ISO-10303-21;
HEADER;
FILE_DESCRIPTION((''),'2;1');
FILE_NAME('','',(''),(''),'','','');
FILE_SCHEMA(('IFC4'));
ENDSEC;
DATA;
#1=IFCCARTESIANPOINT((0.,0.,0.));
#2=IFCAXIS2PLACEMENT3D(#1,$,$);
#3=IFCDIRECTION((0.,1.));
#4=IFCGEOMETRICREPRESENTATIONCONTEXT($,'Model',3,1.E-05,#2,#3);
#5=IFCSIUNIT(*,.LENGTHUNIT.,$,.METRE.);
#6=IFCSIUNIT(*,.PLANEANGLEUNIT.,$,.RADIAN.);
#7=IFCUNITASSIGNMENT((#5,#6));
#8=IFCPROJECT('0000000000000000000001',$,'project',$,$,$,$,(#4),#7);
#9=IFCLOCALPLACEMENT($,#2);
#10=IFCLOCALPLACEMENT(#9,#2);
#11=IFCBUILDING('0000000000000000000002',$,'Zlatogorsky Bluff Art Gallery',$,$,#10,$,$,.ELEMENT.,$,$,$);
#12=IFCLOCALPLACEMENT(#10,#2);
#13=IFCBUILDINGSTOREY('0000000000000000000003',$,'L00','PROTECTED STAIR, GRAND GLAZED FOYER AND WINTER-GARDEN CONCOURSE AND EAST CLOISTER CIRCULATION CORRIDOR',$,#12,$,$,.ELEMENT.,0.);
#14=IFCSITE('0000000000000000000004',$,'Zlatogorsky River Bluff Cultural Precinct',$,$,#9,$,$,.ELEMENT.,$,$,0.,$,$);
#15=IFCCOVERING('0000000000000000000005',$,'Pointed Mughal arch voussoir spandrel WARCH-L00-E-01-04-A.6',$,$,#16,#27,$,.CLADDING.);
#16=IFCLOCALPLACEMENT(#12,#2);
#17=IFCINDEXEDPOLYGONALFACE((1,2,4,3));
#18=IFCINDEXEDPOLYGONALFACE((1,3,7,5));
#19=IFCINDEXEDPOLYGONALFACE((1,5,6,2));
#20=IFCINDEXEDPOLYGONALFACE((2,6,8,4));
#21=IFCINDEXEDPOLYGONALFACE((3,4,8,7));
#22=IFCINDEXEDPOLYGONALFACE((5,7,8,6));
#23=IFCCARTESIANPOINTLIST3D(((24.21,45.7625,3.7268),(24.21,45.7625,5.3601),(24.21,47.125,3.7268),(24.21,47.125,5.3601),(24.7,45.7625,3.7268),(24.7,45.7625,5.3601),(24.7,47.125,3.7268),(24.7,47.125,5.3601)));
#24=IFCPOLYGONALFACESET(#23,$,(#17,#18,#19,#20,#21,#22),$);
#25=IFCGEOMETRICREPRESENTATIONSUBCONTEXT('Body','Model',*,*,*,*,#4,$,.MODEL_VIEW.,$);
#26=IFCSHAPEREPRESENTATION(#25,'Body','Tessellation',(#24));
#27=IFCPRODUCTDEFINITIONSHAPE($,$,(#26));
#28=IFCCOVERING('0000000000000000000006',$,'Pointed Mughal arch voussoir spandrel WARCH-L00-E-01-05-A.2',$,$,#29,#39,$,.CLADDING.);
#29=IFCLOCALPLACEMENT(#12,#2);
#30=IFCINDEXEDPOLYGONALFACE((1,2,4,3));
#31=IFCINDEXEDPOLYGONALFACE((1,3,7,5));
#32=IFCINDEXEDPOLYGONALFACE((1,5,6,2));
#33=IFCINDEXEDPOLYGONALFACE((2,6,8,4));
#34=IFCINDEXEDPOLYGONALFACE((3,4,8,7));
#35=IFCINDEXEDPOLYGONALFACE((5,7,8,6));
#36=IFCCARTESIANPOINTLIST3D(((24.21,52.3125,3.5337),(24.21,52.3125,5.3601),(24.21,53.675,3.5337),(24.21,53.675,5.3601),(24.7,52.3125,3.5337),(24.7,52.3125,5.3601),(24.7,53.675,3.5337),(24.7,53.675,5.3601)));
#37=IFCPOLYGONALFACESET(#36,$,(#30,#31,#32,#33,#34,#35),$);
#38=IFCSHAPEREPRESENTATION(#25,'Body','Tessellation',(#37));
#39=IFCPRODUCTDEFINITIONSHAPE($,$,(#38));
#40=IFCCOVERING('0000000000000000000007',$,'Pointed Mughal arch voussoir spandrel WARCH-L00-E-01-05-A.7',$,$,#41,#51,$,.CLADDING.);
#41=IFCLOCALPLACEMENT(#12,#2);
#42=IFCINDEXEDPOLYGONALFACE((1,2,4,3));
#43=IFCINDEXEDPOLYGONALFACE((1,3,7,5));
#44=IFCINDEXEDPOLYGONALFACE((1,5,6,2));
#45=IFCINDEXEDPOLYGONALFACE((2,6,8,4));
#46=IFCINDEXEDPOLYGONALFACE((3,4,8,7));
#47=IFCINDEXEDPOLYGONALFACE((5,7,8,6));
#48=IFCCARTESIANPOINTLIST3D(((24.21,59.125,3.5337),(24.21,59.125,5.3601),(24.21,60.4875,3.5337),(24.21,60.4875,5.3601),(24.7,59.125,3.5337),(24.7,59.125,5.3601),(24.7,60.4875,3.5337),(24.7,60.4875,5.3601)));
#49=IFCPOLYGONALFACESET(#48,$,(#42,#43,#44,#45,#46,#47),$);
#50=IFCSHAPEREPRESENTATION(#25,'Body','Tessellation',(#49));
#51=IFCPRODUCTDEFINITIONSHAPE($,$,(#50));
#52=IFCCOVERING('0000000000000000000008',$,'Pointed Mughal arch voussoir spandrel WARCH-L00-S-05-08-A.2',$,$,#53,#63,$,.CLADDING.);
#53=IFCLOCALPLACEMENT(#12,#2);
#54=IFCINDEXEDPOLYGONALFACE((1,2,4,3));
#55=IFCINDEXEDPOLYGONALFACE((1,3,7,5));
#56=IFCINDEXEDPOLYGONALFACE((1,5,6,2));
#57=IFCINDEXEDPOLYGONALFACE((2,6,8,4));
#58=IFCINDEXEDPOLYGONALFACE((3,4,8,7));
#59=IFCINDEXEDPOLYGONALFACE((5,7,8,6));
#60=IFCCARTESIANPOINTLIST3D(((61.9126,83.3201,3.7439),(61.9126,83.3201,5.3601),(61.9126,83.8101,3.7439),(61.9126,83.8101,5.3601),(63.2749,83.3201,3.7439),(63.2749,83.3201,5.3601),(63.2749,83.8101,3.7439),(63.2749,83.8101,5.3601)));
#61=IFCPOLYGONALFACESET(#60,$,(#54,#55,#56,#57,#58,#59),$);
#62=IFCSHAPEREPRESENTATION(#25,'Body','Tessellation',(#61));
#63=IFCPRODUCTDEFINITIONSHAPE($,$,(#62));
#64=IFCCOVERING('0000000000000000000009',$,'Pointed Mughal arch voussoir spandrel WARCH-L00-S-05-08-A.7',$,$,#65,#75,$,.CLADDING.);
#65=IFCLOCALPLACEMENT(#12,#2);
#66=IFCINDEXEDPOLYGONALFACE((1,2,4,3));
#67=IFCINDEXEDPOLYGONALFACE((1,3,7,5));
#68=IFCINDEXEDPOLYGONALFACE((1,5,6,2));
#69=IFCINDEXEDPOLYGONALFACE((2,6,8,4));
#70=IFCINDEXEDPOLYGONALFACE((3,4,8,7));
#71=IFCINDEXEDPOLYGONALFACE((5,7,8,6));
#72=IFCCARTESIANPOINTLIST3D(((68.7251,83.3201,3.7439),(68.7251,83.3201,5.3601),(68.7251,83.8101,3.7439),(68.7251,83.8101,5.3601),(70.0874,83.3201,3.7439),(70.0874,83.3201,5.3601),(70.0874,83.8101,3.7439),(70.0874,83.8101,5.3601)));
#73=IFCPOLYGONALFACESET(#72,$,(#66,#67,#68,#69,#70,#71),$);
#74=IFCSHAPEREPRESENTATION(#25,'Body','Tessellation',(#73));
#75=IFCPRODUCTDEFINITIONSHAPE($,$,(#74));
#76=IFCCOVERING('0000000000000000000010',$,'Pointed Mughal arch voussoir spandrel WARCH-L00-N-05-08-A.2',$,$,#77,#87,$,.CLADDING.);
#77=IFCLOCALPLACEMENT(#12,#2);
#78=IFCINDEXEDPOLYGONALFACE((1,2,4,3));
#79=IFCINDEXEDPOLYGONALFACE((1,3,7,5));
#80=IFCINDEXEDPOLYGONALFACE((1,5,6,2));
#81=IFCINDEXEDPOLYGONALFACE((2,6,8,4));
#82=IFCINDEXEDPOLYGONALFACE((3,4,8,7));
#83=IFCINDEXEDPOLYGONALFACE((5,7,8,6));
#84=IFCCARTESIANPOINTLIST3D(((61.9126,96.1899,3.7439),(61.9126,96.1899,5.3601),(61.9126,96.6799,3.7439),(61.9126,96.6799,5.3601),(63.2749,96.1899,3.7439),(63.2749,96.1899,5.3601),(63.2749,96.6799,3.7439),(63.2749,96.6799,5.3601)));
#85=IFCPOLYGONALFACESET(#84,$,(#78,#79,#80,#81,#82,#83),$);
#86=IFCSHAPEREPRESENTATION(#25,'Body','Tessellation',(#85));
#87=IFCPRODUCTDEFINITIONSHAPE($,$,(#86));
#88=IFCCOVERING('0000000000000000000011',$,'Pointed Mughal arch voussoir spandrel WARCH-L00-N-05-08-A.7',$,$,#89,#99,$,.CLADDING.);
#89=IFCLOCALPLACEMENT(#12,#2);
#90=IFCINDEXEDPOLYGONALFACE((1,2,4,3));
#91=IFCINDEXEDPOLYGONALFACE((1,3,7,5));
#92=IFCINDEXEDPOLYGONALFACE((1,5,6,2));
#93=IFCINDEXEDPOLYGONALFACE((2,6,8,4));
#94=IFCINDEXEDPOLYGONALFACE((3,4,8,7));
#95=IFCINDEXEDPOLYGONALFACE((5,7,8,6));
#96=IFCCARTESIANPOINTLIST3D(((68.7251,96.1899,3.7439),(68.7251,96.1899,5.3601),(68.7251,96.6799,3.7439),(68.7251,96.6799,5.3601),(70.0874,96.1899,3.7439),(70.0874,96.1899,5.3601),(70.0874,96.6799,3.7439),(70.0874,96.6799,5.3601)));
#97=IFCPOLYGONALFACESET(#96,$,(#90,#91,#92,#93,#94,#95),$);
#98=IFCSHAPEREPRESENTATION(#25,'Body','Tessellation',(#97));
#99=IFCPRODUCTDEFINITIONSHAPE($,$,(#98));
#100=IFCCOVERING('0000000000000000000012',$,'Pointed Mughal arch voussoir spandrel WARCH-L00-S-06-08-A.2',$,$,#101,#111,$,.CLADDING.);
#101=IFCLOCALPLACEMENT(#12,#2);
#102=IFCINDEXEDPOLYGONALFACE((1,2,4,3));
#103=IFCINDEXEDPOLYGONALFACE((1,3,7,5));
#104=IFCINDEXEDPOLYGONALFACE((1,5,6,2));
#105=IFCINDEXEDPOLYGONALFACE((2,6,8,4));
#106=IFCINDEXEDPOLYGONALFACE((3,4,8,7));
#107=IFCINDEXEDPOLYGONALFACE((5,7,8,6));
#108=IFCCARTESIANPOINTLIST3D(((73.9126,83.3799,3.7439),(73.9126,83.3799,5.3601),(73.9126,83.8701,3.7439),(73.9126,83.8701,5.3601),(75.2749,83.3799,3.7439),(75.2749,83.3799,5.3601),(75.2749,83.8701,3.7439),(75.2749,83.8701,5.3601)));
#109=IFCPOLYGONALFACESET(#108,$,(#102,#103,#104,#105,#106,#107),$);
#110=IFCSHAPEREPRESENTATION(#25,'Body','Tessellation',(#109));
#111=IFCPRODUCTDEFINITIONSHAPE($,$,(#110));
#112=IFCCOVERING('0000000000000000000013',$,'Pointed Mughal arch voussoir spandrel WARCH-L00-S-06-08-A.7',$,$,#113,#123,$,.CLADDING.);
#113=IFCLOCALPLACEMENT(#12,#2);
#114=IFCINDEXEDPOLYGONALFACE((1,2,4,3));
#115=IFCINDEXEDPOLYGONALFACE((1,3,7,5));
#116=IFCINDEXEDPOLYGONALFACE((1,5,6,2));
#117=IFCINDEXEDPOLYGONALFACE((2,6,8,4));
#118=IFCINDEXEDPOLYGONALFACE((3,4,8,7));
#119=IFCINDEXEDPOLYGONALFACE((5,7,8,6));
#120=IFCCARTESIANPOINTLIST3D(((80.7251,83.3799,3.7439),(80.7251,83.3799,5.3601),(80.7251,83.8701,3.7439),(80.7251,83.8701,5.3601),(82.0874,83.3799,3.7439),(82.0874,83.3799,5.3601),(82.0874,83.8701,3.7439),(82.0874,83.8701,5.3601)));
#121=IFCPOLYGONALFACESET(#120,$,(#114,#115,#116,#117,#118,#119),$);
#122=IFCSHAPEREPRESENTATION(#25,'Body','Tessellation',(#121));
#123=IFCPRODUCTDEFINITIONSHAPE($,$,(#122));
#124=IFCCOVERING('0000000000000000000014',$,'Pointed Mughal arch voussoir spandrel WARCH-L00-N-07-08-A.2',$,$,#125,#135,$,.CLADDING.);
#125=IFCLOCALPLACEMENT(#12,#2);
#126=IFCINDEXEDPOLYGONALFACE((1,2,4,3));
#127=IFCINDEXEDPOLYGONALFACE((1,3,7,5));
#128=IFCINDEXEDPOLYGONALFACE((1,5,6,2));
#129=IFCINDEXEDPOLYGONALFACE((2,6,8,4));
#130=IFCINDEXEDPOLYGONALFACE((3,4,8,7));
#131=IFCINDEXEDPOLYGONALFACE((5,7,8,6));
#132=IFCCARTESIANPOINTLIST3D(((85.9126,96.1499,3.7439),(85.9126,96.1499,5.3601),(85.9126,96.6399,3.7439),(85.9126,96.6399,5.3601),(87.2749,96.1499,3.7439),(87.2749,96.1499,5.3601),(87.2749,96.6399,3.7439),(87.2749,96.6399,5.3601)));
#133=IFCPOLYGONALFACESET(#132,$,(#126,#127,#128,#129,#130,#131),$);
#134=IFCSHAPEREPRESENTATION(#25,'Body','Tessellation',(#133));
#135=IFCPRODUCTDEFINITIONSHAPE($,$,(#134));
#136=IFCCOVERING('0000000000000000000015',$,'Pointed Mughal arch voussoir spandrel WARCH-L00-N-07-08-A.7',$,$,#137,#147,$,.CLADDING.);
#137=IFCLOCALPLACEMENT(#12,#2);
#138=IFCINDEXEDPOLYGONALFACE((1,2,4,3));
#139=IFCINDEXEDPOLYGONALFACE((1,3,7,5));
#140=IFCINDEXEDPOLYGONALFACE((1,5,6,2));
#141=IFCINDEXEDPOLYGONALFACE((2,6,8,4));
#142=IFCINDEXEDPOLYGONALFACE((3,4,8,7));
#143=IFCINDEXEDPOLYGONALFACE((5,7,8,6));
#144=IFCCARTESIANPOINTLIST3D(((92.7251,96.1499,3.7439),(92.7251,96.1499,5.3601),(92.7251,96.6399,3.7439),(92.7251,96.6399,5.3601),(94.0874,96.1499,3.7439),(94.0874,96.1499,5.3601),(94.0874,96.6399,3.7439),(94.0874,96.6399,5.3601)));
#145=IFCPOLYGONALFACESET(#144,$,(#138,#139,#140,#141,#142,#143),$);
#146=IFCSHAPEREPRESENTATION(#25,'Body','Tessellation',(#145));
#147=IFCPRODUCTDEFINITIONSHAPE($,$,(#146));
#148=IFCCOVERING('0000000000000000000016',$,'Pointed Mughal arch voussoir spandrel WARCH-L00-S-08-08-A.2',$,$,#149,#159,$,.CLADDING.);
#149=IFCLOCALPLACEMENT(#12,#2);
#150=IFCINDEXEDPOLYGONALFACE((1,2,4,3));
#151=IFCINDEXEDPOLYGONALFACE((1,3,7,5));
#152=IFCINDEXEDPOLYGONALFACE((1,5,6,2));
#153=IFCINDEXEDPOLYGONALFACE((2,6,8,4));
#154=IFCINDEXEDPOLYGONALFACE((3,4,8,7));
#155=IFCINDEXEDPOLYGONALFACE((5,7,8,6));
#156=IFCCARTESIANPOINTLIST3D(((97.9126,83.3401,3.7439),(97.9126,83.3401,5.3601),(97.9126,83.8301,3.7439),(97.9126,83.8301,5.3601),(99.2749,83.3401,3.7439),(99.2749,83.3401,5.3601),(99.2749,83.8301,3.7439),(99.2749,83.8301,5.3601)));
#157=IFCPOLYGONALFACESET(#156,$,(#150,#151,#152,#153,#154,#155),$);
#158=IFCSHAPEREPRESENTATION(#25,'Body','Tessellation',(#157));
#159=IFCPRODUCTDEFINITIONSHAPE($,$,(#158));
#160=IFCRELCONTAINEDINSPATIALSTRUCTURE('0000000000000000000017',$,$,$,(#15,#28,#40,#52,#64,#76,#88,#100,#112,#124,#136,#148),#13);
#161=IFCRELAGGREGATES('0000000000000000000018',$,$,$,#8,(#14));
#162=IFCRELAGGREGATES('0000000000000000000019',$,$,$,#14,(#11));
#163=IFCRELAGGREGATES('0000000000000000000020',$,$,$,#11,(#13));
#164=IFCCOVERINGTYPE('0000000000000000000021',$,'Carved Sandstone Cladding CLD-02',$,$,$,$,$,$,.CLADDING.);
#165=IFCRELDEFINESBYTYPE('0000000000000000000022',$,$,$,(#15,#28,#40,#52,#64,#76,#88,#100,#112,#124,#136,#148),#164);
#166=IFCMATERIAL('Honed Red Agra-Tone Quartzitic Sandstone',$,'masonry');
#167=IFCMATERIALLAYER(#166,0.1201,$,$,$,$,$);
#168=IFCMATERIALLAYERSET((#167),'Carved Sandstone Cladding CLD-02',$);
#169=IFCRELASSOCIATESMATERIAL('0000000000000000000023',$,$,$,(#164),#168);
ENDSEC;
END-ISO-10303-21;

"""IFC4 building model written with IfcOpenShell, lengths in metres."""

from ifc_helpers import new_model, si_unit, direction, frame, origin, place, context, subcontext, project, spatial, polyline, outline, extrude, material, layer, layer_set, type_object, element, save


model = new_model("IFC4")

# Units and contexts
model_context = context("Model", 3, precision=1e-05, world=origin(), true_north=direction((0.0, 1.0)))
body_context = subcontext(model_context, "Body", "Model", "MODEL_VIEW")
ifc_project = project(units=[si_unit("LENGTHUNIT", "METRE"), si_unit("PLANEANGLEUNIT", "RADIAN")], contexts=[model_context])

# Site, building, storey
site_placement = place(None, origin())
site = spatial("IfcSite", under=ifc_project, at=site_placement, Name="Zlatogorsky River Bluff Cultural Precinct", CompositionType="ELEMENT", RefElevation=0.0)
building_placement = place(site_placement, origin())
building = spatial("IfcBuilding", under=site, at=building_placement, Name="Zlatogorsky Bluff Art Gallery", CompositionType="ELEMENT")
storey_placement = place(building_placement, origin())
storey = spatial("IfcBuildingStorey", under=building, at=storey_placement, Name="L00", Description="PROTECTED STAIR, GRAND GLAZED FOYER AND WINTER-GARDEN CONCOURSE AND EAST CLOISTER CIRCULATION CORRIDOR", CompositionType="ELEMENT", Elevation=0.0)

# Coverings
ifc_material = material(Name="Honed Red Agra-Tone Quartzitic Sandstone", Category="masonry")
ifc_layer = layer(ifc_material, 0.1201)
ifc_layer_set = layer_set([ifc_layer], Name="Carved Sandstone Cladding CLD-02")
covering_type = type_object("IfcCoveringType", Name="Carved Sandstone Cladding CLD-02", PredefinedType="CLADDING", material=ifc_layer_set)
covering_1_placement = place(storey_placement, frame((0.0, 0.0, 3.7268)))
element("IfcCovering", 1, at=covering_1_placement, inside=storey, type_object=covering_type, Name="Pointed Mughal arch voussoir spandrel WARCH-L00-E-01-04-A.6", PredefinedType="CLADDING", context=body_context, shape_type="SweptSolid", body=[
    extrude(outline(polyline([(24.21, 45.7625), (24.21, 47.125), (24.7, 47.125), (24.7, 45.7625), (24.21, 45.7625)])), origin(), (0.0, 0.0, 1.0), 1.6333),
])
covering_2_placement = place(storey_placement, frame((0.0, 0.0, 3.5337)))
element("IfcCovering", 2, at=covering_2_placement, inside=storey, type_object=covering_type, Name="Pointed Mughal arch voussoir spandrel WARCH-L00-E-01-05-A.2", PredefinedType="CLADDING", context=body_context, shape_type="SweptSolid", body=[
    extrude(outline(polyline([(24.21, 52.3125), (24.21, 53.675), (24.7, 53.675), (24.7, 52.3125), (24.21, 52.3125)])), origin(), (0.0, 0.0, 1.0), 1.8264),
])
covering_3_placement = place(storey_placement, frame((0.0, 0.0, 3.5337)))
element("IfcCovering", 3, at=covering_3_placement, inside=storey, type_object=covering_type, Name="Pointed Mughal arch voussoir spandrel WARCH-L00-E-01-05-A.7", PredefinedType="CLADDING", context=body_context, shape_type="SweptSolid", body=[
    extrude(outline(polyline([(24.21, 59.125), (24.21, 60.4875), (24.7, 60.4875), (24.7, 59.125), (24.21, 59.125)])), origin(), (0.0, 0.0, 1.0), 1.8264),
])
covering_4_placement = place(storey_placement, frame((0.0, 0.0, 3.7439)))
element("IfcCovering", 4, at=covering_4_placement, inside=storey, type_object=covering_type, Name="Pointed Mughal arch voussoir spandrel WARCH-L00-S-05-08-A.2", PredefinedType="CLADDING", context=body_context, shape_type="SweptSolid", body=[
    extrude(outline(polyline([(61.9126, 83.3201), (63.2749, 83.3201), (63.2749, 83.8101), (61.9126, 83.8101), (61.9126, 83.3201)])), origin(), (0.0, 0.0, 1.0), 1.6162),
])
covering_5_placement = place(storey_placement, frame((0.0, 0.0, 3.7439)))
element("IfcCovering", 5, at=covering_5_placement, inside=storey, type_object=covering_type, Name="Pointed Mughal arch voussoir spandrel WARCH-L00-S-05-08-A.7", PredefinedType="CLADDING", context=body_context, shape_type="SweptSolid", body=[
    extrude(outline(polyline([(68.7251, 83.3201), (70.0874, 83.3201), (70.0874, 83.8101), (68.7251, 83.8101), (68.7251, 83.3201)])), origin(), (0.0, 0.0, 1.0), 1.6162),
])
covering_6_placement = place(storey_placement, frame((0.0, 0.0, 3.7439)))
element("IfcCovering", 6, at=covering_6_placement, inside=storey, type_object=covering_type, Name="Pointed Mughal arch voussoir spandrel WARCH-L00-N-05-08-A.2", PredefinedType="CLADDING", context=body_context, shape_type="SweptSolid", body=[
    extrude(outline(polyline([(61.9126, 96.1899), (63.2749, 96.1899), (63.2749, 96.6799), (61.9126, 96.6799), (61.9126, 96.1899)])), origin(), (0.0, 0.0, 1.0), 1.6162),
])
covering_7_placement = place(storey_placement, frame((0.0, 0.0, 3.7439)))
element("IfcCovering", 7, at=covering_7_placement, inside=storey, type_object=covering_type, Name="Pointed Mughal arch voussoir spandrel WARCH-L00-N-05-08-A.7", PredefinedType="CLADDING", context=body_context, shape_type="SweptSolid", body=[
    extrude(outline(polyline([(68.7251, 96.1899), (70.0874, 96.1899), (70.0874, 96.6799), (68.7251, 96.6799), (68.7251, 96.1899)])), origin(), (0.0, 0.0, 1.0), 1.6162),
])
covering_8_placement = place(storey_placement, frame((0.0, 0.0, 3.7439)))
element("IfcCovering", 8, at=covering_8_placement, inside=storey, type_object=covering_type, Name="Pointed Mughal arch voussoir spandrel WARCH-L00-S-06-08-A.2", PredefinedType="CLADDING", context=body_context, shape_type="SweptSolid", body=[
    extrude(outline(polyline([(73.9126, 83.3799), (75.2749, 83.3799), (75.2749, 83.8701), (73.9126, 83.8701), (73.9126, 83.3799)])), origin(), (0.0, 0.0, 1.0), 1.6162),
])
covering_9_placement = place(storey_placement, frame((0.0, 0.0, 3.7439)))
element("IfcCovering", 9, at=covering_9_placement, inside=storey, type_object=covering_type, Name="Pointed Mughal arch voussoir spandrel WARCH-L00-S-06-08-A.7", PredefinedType="CLADDING", context=body_context, shape_type="SweptSolid", body=[
    extrude(outline(polyline([(80.7251, 83.3799), (82.0874, 83.3799), (82.0874, 83.8701), (80.7251, 83.8701), (80.7251, 83.3799)])), origin(), (0.0, 0.0, 1.0), 1.6162),
])
covering_10_placement = place(storey_placement, frame((0.0, 0.0, 3.7439)))
element("IfcCovering", 10, at=covering_10_placement, inside=storey, type_object=covering_type, Name="Pointed Mughal arch voussoir spandrel WARCH-L00-N-07-08-A.2", PredefinedType="CLADDING", context=body_context, shape_type="SweptSolid", body=[
    extrude(outline(polyline([(85.9126, 96.1499), (87.2749, 96.1499), (87.2749, 96.6399), (85.9126, 96.6399), (85.9126, 96.1499)])), origin(), (0.0, 0.0, 1.0), 1.6162),
])
covering_11_placement = place(storey_placement, frame((0.0, 0.0, 3.7439)))
element("IfcCovering", 11, at=covering_11_placement, inside=storey, type_object=covering_type, Name="Pointed Mughal arch voussoir spandrel WARCH-L00-N-07-08-A.7", PredefinedType="CLADDING", context=body_context, shape_type="SweptSolid", body=[
    extrude(outline(polyline([(92.7251, 96.1499), (94.0874, 96.1499), (94.0874, 96.6399), (92.7251, 96.6399), (92.7251, 96.1499)])), origin(), (0.0, 0.0, 1.0), 1.6162),
])
covering_12_placement = place(storey_placement, frame((0.0, 0.0, 3.7439)))
element("IfcCovering", 12, at=covering_12_placement, inside=storey, type_object=covering_type, Name="Pointed Mughal arch voussoir spandrel WARCH-L00-S-08-08-A.2", PredefinedType="CLADDING", context=body_context, shape_type="SweptSolid", body=[
    extrude(outline(polyline([(97.9126, 83.3401), (99.2749, 83.3401), (99.2749, 83.8301), (97.9126, 83.8301), (97.9126, 83.3401)])), origin(), (0.0, 0.0, 1.0), 1.6162),
])

save(model, "model.ifc")
